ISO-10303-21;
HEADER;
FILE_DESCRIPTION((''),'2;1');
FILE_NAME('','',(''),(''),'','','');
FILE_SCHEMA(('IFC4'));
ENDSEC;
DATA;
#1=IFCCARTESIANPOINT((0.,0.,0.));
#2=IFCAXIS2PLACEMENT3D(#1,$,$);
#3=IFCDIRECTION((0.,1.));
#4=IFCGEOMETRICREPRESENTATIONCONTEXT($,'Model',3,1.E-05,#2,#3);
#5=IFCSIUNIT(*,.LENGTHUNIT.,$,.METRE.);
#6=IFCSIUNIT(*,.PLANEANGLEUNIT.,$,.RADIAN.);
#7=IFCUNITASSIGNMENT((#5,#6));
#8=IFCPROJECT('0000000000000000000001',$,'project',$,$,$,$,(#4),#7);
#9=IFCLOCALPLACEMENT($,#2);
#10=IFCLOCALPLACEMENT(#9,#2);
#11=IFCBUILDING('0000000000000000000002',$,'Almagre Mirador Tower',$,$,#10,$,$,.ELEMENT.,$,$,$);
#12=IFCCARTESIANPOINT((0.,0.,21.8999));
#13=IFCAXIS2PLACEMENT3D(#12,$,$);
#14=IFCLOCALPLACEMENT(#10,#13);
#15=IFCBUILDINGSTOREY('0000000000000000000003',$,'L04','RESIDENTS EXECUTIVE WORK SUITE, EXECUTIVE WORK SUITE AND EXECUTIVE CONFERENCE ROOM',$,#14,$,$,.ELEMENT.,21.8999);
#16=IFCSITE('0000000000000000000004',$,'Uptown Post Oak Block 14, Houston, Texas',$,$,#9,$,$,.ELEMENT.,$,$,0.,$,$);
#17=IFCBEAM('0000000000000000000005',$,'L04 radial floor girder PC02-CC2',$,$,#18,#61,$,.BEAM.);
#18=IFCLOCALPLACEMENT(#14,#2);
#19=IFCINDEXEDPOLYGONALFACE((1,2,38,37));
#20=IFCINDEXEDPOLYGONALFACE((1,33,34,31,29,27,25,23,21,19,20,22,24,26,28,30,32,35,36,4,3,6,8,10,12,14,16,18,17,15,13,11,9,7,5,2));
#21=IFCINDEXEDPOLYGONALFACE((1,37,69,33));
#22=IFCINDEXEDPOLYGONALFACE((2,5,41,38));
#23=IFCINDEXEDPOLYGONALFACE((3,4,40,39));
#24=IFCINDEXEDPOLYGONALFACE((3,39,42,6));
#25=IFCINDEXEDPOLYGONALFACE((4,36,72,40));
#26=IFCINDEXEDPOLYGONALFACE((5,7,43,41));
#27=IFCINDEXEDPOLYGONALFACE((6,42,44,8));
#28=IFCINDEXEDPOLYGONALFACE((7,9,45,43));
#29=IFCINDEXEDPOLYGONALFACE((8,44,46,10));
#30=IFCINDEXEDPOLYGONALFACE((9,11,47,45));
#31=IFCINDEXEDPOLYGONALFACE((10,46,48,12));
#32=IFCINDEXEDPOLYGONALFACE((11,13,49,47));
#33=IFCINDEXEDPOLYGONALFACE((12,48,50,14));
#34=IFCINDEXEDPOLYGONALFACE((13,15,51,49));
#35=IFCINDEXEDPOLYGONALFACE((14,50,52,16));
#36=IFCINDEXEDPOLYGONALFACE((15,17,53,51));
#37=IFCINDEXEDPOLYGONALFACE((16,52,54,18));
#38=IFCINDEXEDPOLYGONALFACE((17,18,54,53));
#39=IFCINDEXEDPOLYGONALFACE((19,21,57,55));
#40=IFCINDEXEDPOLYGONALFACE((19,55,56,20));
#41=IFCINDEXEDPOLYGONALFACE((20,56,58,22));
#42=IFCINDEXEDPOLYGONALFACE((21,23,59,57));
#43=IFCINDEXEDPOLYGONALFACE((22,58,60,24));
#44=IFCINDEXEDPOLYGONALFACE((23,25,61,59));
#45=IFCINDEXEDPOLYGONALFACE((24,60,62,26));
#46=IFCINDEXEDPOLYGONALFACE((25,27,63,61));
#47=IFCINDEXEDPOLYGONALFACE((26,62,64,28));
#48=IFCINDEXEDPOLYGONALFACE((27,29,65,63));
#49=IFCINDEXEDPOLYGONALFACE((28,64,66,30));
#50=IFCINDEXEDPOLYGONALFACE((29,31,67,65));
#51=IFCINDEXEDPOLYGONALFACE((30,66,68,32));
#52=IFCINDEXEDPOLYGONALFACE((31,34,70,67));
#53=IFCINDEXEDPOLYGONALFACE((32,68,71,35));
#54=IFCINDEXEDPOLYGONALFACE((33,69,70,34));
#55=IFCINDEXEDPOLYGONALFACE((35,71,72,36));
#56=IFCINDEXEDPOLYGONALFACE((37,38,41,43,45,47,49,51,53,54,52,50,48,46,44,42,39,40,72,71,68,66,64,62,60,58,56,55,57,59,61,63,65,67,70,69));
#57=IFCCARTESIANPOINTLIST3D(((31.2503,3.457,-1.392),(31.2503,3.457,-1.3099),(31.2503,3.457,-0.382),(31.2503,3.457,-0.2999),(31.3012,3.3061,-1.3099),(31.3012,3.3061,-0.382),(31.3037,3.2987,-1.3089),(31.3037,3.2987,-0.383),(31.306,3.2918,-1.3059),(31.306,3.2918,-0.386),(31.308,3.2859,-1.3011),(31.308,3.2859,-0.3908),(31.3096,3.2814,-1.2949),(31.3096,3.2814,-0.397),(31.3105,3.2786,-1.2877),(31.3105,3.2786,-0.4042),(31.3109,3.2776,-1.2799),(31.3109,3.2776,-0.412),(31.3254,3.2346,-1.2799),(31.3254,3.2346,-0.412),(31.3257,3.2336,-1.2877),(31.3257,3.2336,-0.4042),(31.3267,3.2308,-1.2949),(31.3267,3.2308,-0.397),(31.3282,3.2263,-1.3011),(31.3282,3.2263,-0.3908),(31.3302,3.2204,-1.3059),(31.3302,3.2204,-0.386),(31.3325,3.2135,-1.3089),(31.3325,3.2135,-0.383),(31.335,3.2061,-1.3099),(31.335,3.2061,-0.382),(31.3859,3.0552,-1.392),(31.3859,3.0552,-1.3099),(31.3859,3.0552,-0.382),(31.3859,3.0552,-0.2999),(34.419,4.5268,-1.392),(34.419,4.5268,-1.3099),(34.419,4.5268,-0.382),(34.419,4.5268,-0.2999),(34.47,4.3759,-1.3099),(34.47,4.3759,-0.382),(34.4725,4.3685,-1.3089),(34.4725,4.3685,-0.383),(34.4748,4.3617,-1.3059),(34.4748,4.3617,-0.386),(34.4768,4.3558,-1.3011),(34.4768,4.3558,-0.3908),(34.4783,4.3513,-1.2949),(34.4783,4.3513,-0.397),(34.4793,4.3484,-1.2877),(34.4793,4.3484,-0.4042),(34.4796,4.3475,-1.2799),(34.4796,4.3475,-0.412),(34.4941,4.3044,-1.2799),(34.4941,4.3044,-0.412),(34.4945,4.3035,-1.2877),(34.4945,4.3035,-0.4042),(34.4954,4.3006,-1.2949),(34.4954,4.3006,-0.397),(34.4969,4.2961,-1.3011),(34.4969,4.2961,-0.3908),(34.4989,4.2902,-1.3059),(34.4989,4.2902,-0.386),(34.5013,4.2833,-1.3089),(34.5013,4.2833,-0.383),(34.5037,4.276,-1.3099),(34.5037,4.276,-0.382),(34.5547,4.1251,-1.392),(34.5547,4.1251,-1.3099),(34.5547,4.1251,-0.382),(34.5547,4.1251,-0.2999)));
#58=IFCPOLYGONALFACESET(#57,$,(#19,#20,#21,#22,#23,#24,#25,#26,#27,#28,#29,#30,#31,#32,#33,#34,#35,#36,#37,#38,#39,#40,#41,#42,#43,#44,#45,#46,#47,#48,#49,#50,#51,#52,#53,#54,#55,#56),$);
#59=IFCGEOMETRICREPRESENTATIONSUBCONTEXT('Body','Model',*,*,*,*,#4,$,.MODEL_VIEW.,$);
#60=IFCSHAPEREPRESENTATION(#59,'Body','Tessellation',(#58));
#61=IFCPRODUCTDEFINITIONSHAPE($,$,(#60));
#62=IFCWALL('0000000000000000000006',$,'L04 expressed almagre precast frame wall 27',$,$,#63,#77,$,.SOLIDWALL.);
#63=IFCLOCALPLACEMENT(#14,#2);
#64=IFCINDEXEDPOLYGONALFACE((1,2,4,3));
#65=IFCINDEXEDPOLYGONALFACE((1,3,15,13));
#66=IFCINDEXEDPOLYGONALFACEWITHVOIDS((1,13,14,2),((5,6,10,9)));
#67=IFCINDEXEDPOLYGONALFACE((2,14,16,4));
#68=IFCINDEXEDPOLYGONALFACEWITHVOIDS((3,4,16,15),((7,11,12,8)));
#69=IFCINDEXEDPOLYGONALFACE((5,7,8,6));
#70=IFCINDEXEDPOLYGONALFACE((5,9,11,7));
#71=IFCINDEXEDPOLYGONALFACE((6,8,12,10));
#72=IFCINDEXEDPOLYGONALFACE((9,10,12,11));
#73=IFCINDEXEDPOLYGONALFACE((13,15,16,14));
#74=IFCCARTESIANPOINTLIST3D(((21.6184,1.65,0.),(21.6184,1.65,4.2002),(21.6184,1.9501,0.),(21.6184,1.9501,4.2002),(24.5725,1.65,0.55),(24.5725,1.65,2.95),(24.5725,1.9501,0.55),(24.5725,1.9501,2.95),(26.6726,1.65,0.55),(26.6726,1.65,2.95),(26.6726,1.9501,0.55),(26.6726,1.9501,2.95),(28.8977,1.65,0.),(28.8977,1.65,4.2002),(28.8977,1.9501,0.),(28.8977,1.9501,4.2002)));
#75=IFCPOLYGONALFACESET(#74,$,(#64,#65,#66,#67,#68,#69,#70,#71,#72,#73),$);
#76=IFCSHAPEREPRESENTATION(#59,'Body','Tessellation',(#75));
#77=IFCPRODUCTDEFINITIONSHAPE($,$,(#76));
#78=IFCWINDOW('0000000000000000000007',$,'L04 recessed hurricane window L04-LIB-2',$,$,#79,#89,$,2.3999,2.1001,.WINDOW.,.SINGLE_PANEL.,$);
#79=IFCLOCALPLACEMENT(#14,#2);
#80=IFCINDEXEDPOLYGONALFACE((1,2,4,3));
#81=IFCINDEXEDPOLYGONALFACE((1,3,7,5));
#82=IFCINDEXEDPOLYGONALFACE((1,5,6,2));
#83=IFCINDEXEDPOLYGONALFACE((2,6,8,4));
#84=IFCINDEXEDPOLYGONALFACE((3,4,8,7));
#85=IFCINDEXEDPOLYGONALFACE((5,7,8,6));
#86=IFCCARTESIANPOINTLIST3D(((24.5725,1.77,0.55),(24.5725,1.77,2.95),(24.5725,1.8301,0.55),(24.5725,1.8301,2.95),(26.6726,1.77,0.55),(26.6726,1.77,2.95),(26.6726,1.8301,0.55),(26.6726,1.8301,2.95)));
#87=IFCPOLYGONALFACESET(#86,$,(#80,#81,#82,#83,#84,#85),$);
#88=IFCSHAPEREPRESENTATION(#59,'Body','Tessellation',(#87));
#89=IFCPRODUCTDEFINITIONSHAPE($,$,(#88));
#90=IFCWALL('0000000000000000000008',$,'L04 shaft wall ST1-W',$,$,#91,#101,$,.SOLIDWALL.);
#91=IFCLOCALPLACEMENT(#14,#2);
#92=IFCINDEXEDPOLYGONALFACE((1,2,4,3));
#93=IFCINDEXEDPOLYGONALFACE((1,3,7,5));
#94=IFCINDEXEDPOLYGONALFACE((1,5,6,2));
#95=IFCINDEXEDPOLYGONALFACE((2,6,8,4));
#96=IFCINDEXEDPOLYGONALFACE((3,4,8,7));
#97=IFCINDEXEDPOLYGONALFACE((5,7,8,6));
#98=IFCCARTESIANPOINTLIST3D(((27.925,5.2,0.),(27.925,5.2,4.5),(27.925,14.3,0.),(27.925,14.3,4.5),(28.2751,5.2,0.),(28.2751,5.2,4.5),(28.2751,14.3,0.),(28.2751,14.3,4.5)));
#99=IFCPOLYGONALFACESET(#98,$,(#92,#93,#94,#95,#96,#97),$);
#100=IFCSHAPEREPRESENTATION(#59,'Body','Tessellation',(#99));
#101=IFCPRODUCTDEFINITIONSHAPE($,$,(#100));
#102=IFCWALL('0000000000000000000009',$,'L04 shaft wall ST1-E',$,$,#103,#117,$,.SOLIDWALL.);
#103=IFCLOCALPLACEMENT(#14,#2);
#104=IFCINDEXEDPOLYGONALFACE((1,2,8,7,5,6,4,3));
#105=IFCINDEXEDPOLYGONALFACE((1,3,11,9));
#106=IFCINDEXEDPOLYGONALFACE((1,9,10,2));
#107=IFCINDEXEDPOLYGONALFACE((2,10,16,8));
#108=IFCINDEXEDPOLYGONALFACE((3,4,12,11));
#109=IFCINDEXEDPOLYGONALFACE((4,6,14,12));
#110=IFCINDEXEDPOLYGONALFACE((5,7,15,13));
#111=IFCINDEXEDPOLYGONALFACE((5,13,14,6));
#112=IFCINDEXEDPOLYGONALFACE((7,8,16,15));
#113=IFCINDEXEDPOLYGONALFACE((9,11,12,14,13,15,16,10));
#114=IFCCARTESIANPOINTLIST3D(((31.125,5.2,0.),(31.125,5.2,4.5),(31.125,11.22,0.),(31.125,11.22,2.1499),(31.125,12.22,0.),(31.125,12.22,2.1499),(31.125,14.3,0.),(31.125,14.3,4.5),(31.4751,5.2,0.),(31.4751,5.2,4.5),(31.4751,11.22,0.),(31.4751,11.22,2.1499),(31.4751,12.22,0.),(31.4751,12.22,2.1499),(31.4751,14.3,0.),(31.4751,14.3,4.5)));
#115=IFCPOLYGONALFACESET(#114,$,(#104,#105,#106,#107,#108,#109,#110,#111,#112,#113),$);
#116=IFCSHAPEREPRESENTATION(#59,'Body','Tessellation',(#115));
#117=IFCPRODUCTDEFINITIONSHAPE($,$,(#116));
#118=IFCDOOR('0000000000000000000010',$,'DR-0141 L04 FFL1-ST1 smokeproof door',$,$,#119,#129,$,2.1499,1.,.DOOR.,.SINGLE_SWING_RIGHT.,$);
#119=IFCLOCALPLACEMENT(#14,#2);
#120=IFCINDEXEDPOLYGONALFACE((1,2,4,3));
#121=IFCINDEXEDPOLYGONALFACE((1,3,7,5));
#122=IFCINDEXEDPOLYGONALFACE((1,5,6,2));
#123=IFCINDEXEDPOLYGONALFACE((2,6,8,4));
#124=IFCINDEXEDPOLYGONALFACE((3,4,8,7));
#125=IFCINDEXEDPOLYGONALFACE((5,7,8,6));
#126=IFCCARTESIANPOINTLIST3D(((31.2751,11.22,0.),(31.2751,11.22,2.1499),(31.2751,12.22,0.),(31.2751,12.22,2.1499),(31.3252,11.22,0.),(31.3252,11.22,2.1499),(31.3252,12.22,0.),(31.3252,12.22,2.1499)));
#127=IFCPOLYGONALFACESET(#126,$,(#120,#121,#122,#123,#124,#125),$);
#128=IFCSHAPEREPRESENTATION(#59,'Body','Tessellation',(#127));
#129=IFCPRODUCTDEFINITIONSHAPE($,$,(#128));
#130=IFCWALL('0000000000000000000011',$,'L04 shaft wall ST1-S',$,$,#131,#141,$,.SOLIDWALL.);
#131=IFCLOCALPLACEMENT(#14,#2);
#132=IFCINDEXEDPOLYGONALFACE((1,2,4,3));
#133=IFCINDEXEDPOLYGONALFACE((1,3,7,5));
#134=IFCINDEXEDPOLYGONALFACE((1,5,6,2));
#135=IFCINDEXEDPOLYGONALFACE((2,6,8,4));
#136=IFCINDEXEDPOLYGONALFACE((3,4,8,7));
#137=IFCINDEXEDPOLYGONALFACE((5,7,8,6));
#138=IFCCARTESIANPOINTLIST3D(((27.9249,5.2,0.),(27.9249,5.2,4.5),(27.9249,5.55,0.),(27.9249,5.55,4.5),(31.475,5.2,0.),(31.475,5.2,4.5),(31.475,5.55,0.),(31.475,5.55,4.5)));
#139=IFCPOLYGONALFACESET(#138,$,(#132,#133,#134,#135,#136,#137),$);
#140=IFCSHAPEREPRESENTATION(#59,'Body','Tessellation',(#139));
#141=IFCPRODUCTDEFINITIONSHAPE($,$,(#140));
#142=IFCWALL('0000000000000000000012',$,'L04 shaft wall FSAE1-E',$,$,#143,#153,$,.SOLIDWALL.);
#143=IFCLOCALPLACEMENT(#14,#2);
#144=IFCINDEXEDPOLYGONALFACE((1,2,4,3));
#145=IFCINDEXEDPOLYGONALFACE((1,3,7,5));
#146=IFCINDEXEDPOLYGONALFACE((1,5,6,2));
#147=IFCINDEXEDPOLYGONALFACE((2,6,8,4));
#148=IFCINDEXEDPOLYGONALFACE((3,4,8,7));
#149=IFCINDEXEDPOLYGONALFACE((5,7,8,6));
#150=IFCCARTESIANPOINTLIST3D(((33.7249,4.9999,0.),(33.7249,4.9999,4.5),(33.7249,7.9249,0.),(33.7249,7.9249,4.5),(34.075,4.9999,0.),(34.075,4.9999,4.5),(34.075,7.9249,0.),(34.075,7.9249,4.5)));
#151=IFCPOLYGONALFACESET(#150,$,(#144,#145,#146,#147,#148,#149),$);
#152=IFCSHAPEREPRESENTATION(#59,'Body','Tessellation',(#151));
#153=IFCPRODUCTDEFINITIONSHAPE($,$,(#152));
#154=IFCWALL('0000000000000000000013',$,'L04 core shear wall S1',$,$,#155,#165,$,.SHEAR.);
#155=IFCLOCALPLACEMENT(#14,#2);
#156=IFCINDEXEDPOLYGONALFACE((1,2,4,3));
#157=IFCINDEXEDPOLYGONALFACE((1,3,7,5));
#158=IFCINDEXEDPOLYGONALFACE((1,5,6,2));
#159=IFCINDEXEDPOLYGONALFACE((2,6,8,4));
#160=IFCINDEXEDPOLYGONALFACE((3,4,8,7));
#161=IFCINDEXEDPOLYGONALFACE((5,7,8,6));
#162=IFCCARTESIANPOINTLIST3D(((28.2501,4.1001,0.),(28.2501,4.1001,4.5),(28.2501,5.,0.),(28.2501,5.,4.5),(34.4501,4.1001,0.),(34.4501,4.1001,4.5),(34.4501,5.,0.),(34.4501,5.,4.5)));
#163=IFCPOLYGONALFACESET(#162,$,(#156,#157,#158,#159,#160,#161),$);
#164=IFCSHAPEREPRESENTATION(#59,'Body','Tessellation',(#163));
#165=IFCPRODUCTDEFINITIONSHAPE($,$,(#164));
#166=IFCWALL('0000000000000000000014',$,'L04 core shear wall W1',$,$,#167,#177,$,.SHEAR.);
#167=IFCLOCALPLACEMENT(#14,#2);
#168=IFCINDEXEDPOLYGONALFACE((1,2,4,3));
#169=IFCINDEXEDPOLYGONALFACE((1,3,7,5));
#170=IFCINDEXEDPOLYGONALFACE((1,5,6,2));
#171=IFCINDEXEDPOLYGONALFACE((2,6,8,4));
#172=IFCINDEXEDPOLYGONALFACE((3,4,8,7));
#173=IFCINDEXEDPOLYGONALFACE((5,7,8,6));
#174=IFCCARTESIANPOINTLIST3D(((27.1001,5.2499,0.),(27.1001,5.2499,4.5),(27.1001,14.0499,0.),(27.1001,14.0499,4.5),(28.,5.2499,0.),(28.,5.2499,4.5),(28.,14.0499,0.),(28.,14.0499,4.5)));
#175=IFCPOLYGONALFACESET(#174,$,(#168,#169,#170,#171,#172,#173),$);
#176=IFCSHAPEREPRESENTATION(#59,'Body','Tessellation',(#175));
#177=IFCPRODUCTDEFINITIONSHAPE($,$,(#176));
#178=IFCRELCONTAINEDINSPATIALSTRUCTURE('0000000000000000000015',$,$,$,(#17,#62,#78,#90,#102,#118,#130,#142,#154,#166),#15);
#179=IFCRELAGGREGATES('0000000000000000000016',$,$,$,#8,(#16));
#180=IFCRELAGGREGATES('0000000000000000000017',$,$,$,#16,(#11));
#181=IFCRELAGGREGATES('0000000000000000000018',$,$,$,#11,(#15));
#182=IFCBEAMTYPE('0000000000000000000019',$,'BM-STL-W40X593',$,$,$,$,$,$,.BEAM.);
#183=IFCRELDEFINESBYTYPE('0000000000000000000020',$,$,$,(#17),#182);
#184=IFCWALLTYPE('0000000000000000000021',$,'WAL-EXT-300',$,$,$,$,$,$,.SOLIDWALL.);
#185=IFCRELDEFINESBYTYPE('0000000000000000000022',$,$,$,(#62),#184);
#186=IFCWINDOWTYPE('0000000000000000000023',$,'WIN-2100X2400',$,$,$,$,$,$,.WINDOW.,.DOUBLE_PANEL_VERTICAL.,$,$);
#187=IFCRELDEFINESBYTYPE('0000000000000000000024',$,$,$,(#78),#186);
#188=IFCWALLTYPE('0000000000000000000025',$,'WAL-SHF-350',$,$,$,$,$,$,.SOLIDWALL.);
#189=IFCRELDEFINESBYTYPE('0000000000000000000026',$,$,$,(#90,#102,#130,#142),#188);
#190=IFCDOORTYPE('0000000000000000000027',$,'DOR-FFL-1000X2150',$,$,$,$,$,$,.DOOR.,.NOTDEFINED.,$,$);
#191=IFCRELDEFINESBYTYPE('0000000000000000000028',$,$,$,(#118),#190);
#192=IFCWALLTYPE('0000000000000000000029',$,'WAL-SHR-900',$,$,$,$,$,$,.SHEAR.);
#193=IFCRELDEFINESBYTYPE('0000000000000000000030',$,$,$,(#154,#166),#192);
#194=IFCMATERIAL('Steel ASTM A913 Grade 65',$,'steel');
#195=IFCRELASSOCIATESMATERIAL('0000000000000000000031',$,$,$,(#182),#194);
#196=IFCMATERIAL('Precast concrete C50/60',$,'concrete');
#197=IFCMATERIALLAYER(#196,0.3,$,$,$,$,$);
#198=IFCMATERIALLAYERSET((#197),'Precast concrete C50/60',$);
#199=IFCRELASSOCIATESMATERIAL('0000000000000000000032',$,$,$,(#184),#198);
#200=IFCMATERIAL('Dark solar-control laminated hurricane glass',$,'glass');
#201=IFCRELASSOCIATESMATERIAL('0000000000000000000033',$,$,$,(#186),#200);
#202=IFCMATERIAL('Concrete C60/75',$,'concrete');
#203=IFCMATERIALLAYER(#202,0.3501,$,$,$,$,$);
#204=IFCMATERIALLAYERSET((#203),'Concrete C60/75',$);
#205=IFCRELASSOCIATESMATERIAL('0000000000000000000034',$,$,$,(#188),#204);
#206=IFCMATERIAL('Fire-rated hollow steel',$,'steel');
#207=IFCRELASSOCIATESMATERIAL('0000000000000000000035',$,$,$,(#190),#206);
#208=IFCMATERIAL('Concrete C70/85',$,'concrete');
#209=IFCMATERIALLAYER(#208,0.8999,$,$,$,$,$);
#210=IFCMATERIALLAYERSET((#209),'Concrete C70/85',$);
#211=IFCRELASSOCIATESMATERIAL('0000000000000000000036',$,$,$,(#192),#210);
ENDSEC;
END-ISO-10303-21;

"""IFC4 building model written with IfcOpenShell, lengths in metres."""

from ifc_helpers import new_model, si_unit, direction, frame, frame_2d, origin, origin_2d, place, context, subcontext, project, spatial, rectangle, i_section, extrude, material, layer, layer_set, material_profile, profile_set, type_object, element, fill, save


model = new_model("IFC4")

# Units and contexts
model_context = context("Model", 3, precision=1e-05, world=origin(), true_north=direction((0.0, 1.0)))
body_context = subcontext(model_context, "Body", "Model", "MODEL_VIEW")
ifc_project = project(units=[si_unit("LENGTHUNIT", "METRE"), si_unit("PLANEANGLEUNIT", "RADIAN")], contexts=[model_context])

# Site, building, storey
site_placement = place(None, origin())
site = spatial("IfcSite", under=ifc_project, at=site_placement, Name="Uptown Post Oak Block 14, Houston, Texas", CompositionType="ELEMENT", RefElevation=0.0)
building_placement = place(site_placement, origin())
building = spatial("IfcBuilding", under=site, at=building_placement, Name="Almagre Mirador Tower", CompositionType="ELEMENT")
storey_placement = place(building_placement, frame((0.0, 0.0, 21.8999)))
storey = spatial("IfcBuildingStorey", under=building, at=storey_placement, Name="L04", Description="RESIDENTS EXECUTIVE WORK SUITE, EXECUTIVE WORK SUITE AND EXECUTIVE CONFERENCE ROOM", CompositionType="ELEMENT", Elevation=21.8999)

# Beam
ifc_material_1 = material(Name="Steel ASTM A913 Grade 65", Category="steel")
ifc_material_profile_1 = material_profile(ifc_material_1, i_section(OverallWidth=0.4241, OverallDepth=1.092, WebThickness=0.0454, FlangeThickness=0.082, FilletRadius=0.03, at=origin_2d()), Name="W40X593")
ifc_profile_set_1 = profile_set([ifc_material_profile_1], Name="Steel ASTM A913 Grade 65")
beam_type_1 = type_object("IfcBeamType", Name="BM-STL-W40X593", PredefinedType="BEAM", material=ifc_profile_set_1)
beam_1_placement = place(storey_placement, frame((31.3181, 3.2561, -0.8459), z_axis=(0.947457, 0.319883, 0.0), x_axis=(-0.319883, 0.947457, 0.0)))
element("IfcBeam", 1, at=beam_1_placement, inside=storey, type_object=beam_type_1, Name="L04 radial floor girder PC02-CC2", PredefinedType="BEAM", context=body_context, shape_type="SweptSolid", body=[
    extrude(i_section(OverallWidth=0.4241, OverallDepth=1.092, WebThickness=0.0454, FlangeThickness=0.082, FilletRadius=0.03, at=origin_2d()), origin(), (0.0, 0.0, 1.0), 3.3445),
])

# Wall, opening, window
ifc_material_2 = material(Name="Precast concrete C50/60", Category="concrete")
ifc_layer_1 = layer(ifc_material_2, 0.3)
ifc_layer_set_1 = layer_set([ifc_layer_1], Name="Precast concrete C50/60")
wall_type_1 = type_object("IfcWallType", Name="WAL-EXT-300", PredefinedType="SOLIDWALL", material=ifc_layer_set_1)
wall_1_placement = place(storey_placement, frame((28.8977, 1.8, 0.0), z_axis=(0.0, 0.0, 1.0), x_axis=(-1.0, 0.0, 0.0)))
wall_1 = element("IfcWall", 2, at=wall_1_placement, inside=storey, type_object=wall_type_1, Name="L04 expressed almagre precast frame wall 27", PredefinedType="SOLIDWALL", context=body_context, shape_type="SweptSolid", body=[
    extrude(rectangle(XDim=7.2793, YDim=0.3, at=frame_2d((3.6396, 0.0))), origin(), (0.0, 0.0, 1.0), 4.2002),
])
opening_1_placement = place(wall_1_placement, frame((2.2251, 0.0, 0.55)))
opening_1 = element("IfcOpeningElement", 3, at=opening_1_placement, cuts=wall_1, PredefinedType="OPENING", context=body_context, shape_type="SweptSolid", body=[
    extrude(rectangle(XDim=2.1001, YDim=2.3999, at=frame_2d((1.05, 1.2))), frame((0.0, 0.1599, 0.0), z_axis=(0.0, -1.0, 0.0), x_axis=(1.0, 0.0, 0.0)), (0.0, 0.0, 1.0), 0.32),
])
ifc_material_3 = material(Name="Dark solar-control laminated hurricane glass", Category="glass")
window_type = type_object("IfcWindowType", Name="WIN-2100X2400", PartitioningType="DOUBLE_PANEL_VERTICAL", PredefinedType="WINDOW", material=ifc_material_3)
window_placement = place(opening_1_placement, origin())
window = element("IfcWindow", 4, at=window_placement, inside=storey, type_object=window_type, Name="L04 recessed hurricane window L04-LIB-2", OverallHeight=2.3999, OverallWidth=2.1001, PartitioningType="SINGLE_PANEL", PredefinedType="WINDOW", context=body_context, shape_type="SweptSolid", body=[
    extrude(rectangle(XDim=2.1001, YDim=2.3999, at=frame_2d((1.05, 1.2))), frame((0.0, 0.03, 0.0), z_axis=(0.0, -1.0, 0.0), x_axis=(1.0, 0.0, 0.0)), (0.0, 0.0, 1.0), 0.0601),
])
fill(opening_1, window)

# Wall
ifc_material_4 = material(Name="Concrete C60/75", Category="concrete")
ifc_layer_2 = layer(ifc_material_4, 0.3501)
ifc_layer_set_2 = layer_set([ifc_layer_2], Name="Concrete C60/75")
wall_type_2 = type_object("IfcWallType", Name="WAL-SHF-350", PredefinedType="SOLIDWALL", material=ifc_layer_set_2)
wall_2_placement = place(storey_placement, frame((28.1001, 5.2, 0.0), z_axis=(0.0, 0.0, 1.0), x_axis=(0.0, 1.0, 0.0)))
element("IfcWall", 5, at=wall_2_placement, inside=storey, type_object=wall_type_2, Name="L04 shaft wall ST1-W", PredefinedType="SOLIDWALL", context=body_context, shape_type="SweptSolid", body=[
    extrude(rectangle(XDim=9.1001, YDim=0.3501, at=frame_2d((4.55, 0.0))), origin(), (0.0, 0.0, 1.0), 4.5),
])

# Wall, opening, door
wall_3_placement = place(storey_placement, frame((31.3, 5.2, 0.0), z_axis=(0.0, 0.0, 1.0), x_axis=(0.0, 1.0, 0.0)))
wall_3 = element("IfcWall", 6, at=wall_3_placement, inside=storey, type_object=wall_type_2, Name="L04 shaft wall ST1-E", PredefinedType="SOLIDWALL", context=body_context, shape_type="SweptSolid", body=[
    extrude(rectangle(XDim=9.1001, YDim=0.3501, at=frame_2d((4.55, 0.0))), origin(), (0.0, 0.0, 1.0), 4.5),
])
opening_2_placement = place(wall_3_placement, frame((6.02, 0.0, 0.0)))
opening_2 = element("IfcOpeningElement", 7, at=opening_2_placement, cuts=wall_3, PredefinedType="OPENING", context=body_context, shape_type="SweptSolid", body=[
    extrude(rectangle(XDim=1.0, YDim=2.1499, at=frame_2d((0.5, 1.075))), frame((0.0, 0.185, 0.0), z_axis=(0.0, -1.0, 0.0), x_axis=(1.0, 0.0, 0.0)), (0.0, 0.0, 1.0), 0.3701),
])
ifc_material_5 = material(Name="Fire-rated hollow steel", Category="steel")
door_type = type_object("IfcDoorType", Name="DOR-FFL-1000X2150", OperationType="NOTDEFINED", PredefinedType="DOOR", material=ifc_material_5)
door_placement = place(opening_2_placement, origin())
door = element("IfcDoor", 8, at=door_placement, inside=storey, type_object=door_type, Name="DR-0141 L04 FFL1-ST1 smokeproof door", OperationType="SINGLE_SWING_RIGHT", OverallHeight=2.1499, OverallWidth=1.0, PredefinedType="DOOR", context=body_context, shape_type="SweptSolid", body=[
    extrude(rectangle(XDim=1.0, YDim=2.1499, at=frame_2d((0.5, 1.075))), frame((0.0, 0.0249, 0.0), z_axis=(0.0, -1.0, 0.0), x_axis=(1.0, 0.0, 0.0)), (0.0, 0.0, 1.0), 0.05),
])
fill(opening_2, door)

# Walls
wall_4_placement = place(storey_placement, frame((27.925, 5.375, 0.0), z_axis=(0.0, 0.0, 1.0), x_axis=(1.0, 0.0, 0.0)))
element("IfcWall", 9, at=wall_4_placement, inside=storey, type_object=wall_type_2, Name="L04 shaft wall ST1-S", PredefinedType="SOLIDWALL", context=body_context, shape_type="SweptSolid", body=[
    extrude(rectangle(XDim=3.55, YDim=0.3501, at=frame_2d((1.7749, 0.0))), origin(), (0.0, 0.0, 1.0), 4.5),
])
wall_5_placement = place(storey_placement, frame((33.8999, 5.0, 0.0), z_axis=(0.0, 0.0, 1.0), x_axis=(0.0, 1.0, 0.0)))
element("IfcWall", 10, at=wall_5_placement, inside=storey, type_object=wall_type_2, Name="L04 shaft wall FSAE1-E", PredefinedType="SOLIDWALL", context=body_context, shape_type="SweptSolid", body=[
    extrude(rectangle(XDim=2.925, YDim=0.3501, at=frame_2d((1.4624, 0.0))), origin(), (0.0, 0.0, 1.0), 4.5),
])
ifc_material_6 = material(Name="Concrete C70/85", Category="concrete")
ifc_layer_3 = layer(ifc_material_6, 0.8999)
ifc_layer_set_3 = layer_set([ifc_layer_3], Name="Concrete C70/85")
wall_type_3 = type_object("IfcWallType", Name="WAL-SHR-900", PredefinedType="SHEAR", material=ifc_layer_set_3)
wall_6_placement = place(storey_placement, frame((28.25, 4.55, 0.0), z_axis=(0.0, 0.0, 1.0), x_axis=(1.0, 0.0, 0.0)))
element("IfcWall", 11, at=wall_6_placement, inside=storey, type_object=wall_type_3, Name="L04 core shear wall S1", PredefinedType="SHEAR", context=body_context, shape_type="SweptSolid", body=[
    extrude(rectangle(XDim=6.2, YDim=0.8999, at=frame_2d((3.1001, 0.0))), origin(), (0.0, 0.0, 1.0), 4.5),
])
wall_7_placement = place(storey_placement, frame((27.55, 5.25, 0.0), z_axis=(0.0, 0.0, 1.0), x_axis=(0.0, 1.0, 0.0)))
element("IfcWall", 12, at=wall_7_placement, inside=storey, type_object=wall_type_3, Name="L04 core shear wall W1", PredefinedType="SHEAR", context=body_context, shape_type="SweptSolid", body=[
    extrude(rectangle(XDim=8.8, YDim=0.8999, at=frame_2d((4.3999, 0.0))), origin(), (0.0, 0.0, 1.0), 4.5),
])

save(model, "model.ifc")
